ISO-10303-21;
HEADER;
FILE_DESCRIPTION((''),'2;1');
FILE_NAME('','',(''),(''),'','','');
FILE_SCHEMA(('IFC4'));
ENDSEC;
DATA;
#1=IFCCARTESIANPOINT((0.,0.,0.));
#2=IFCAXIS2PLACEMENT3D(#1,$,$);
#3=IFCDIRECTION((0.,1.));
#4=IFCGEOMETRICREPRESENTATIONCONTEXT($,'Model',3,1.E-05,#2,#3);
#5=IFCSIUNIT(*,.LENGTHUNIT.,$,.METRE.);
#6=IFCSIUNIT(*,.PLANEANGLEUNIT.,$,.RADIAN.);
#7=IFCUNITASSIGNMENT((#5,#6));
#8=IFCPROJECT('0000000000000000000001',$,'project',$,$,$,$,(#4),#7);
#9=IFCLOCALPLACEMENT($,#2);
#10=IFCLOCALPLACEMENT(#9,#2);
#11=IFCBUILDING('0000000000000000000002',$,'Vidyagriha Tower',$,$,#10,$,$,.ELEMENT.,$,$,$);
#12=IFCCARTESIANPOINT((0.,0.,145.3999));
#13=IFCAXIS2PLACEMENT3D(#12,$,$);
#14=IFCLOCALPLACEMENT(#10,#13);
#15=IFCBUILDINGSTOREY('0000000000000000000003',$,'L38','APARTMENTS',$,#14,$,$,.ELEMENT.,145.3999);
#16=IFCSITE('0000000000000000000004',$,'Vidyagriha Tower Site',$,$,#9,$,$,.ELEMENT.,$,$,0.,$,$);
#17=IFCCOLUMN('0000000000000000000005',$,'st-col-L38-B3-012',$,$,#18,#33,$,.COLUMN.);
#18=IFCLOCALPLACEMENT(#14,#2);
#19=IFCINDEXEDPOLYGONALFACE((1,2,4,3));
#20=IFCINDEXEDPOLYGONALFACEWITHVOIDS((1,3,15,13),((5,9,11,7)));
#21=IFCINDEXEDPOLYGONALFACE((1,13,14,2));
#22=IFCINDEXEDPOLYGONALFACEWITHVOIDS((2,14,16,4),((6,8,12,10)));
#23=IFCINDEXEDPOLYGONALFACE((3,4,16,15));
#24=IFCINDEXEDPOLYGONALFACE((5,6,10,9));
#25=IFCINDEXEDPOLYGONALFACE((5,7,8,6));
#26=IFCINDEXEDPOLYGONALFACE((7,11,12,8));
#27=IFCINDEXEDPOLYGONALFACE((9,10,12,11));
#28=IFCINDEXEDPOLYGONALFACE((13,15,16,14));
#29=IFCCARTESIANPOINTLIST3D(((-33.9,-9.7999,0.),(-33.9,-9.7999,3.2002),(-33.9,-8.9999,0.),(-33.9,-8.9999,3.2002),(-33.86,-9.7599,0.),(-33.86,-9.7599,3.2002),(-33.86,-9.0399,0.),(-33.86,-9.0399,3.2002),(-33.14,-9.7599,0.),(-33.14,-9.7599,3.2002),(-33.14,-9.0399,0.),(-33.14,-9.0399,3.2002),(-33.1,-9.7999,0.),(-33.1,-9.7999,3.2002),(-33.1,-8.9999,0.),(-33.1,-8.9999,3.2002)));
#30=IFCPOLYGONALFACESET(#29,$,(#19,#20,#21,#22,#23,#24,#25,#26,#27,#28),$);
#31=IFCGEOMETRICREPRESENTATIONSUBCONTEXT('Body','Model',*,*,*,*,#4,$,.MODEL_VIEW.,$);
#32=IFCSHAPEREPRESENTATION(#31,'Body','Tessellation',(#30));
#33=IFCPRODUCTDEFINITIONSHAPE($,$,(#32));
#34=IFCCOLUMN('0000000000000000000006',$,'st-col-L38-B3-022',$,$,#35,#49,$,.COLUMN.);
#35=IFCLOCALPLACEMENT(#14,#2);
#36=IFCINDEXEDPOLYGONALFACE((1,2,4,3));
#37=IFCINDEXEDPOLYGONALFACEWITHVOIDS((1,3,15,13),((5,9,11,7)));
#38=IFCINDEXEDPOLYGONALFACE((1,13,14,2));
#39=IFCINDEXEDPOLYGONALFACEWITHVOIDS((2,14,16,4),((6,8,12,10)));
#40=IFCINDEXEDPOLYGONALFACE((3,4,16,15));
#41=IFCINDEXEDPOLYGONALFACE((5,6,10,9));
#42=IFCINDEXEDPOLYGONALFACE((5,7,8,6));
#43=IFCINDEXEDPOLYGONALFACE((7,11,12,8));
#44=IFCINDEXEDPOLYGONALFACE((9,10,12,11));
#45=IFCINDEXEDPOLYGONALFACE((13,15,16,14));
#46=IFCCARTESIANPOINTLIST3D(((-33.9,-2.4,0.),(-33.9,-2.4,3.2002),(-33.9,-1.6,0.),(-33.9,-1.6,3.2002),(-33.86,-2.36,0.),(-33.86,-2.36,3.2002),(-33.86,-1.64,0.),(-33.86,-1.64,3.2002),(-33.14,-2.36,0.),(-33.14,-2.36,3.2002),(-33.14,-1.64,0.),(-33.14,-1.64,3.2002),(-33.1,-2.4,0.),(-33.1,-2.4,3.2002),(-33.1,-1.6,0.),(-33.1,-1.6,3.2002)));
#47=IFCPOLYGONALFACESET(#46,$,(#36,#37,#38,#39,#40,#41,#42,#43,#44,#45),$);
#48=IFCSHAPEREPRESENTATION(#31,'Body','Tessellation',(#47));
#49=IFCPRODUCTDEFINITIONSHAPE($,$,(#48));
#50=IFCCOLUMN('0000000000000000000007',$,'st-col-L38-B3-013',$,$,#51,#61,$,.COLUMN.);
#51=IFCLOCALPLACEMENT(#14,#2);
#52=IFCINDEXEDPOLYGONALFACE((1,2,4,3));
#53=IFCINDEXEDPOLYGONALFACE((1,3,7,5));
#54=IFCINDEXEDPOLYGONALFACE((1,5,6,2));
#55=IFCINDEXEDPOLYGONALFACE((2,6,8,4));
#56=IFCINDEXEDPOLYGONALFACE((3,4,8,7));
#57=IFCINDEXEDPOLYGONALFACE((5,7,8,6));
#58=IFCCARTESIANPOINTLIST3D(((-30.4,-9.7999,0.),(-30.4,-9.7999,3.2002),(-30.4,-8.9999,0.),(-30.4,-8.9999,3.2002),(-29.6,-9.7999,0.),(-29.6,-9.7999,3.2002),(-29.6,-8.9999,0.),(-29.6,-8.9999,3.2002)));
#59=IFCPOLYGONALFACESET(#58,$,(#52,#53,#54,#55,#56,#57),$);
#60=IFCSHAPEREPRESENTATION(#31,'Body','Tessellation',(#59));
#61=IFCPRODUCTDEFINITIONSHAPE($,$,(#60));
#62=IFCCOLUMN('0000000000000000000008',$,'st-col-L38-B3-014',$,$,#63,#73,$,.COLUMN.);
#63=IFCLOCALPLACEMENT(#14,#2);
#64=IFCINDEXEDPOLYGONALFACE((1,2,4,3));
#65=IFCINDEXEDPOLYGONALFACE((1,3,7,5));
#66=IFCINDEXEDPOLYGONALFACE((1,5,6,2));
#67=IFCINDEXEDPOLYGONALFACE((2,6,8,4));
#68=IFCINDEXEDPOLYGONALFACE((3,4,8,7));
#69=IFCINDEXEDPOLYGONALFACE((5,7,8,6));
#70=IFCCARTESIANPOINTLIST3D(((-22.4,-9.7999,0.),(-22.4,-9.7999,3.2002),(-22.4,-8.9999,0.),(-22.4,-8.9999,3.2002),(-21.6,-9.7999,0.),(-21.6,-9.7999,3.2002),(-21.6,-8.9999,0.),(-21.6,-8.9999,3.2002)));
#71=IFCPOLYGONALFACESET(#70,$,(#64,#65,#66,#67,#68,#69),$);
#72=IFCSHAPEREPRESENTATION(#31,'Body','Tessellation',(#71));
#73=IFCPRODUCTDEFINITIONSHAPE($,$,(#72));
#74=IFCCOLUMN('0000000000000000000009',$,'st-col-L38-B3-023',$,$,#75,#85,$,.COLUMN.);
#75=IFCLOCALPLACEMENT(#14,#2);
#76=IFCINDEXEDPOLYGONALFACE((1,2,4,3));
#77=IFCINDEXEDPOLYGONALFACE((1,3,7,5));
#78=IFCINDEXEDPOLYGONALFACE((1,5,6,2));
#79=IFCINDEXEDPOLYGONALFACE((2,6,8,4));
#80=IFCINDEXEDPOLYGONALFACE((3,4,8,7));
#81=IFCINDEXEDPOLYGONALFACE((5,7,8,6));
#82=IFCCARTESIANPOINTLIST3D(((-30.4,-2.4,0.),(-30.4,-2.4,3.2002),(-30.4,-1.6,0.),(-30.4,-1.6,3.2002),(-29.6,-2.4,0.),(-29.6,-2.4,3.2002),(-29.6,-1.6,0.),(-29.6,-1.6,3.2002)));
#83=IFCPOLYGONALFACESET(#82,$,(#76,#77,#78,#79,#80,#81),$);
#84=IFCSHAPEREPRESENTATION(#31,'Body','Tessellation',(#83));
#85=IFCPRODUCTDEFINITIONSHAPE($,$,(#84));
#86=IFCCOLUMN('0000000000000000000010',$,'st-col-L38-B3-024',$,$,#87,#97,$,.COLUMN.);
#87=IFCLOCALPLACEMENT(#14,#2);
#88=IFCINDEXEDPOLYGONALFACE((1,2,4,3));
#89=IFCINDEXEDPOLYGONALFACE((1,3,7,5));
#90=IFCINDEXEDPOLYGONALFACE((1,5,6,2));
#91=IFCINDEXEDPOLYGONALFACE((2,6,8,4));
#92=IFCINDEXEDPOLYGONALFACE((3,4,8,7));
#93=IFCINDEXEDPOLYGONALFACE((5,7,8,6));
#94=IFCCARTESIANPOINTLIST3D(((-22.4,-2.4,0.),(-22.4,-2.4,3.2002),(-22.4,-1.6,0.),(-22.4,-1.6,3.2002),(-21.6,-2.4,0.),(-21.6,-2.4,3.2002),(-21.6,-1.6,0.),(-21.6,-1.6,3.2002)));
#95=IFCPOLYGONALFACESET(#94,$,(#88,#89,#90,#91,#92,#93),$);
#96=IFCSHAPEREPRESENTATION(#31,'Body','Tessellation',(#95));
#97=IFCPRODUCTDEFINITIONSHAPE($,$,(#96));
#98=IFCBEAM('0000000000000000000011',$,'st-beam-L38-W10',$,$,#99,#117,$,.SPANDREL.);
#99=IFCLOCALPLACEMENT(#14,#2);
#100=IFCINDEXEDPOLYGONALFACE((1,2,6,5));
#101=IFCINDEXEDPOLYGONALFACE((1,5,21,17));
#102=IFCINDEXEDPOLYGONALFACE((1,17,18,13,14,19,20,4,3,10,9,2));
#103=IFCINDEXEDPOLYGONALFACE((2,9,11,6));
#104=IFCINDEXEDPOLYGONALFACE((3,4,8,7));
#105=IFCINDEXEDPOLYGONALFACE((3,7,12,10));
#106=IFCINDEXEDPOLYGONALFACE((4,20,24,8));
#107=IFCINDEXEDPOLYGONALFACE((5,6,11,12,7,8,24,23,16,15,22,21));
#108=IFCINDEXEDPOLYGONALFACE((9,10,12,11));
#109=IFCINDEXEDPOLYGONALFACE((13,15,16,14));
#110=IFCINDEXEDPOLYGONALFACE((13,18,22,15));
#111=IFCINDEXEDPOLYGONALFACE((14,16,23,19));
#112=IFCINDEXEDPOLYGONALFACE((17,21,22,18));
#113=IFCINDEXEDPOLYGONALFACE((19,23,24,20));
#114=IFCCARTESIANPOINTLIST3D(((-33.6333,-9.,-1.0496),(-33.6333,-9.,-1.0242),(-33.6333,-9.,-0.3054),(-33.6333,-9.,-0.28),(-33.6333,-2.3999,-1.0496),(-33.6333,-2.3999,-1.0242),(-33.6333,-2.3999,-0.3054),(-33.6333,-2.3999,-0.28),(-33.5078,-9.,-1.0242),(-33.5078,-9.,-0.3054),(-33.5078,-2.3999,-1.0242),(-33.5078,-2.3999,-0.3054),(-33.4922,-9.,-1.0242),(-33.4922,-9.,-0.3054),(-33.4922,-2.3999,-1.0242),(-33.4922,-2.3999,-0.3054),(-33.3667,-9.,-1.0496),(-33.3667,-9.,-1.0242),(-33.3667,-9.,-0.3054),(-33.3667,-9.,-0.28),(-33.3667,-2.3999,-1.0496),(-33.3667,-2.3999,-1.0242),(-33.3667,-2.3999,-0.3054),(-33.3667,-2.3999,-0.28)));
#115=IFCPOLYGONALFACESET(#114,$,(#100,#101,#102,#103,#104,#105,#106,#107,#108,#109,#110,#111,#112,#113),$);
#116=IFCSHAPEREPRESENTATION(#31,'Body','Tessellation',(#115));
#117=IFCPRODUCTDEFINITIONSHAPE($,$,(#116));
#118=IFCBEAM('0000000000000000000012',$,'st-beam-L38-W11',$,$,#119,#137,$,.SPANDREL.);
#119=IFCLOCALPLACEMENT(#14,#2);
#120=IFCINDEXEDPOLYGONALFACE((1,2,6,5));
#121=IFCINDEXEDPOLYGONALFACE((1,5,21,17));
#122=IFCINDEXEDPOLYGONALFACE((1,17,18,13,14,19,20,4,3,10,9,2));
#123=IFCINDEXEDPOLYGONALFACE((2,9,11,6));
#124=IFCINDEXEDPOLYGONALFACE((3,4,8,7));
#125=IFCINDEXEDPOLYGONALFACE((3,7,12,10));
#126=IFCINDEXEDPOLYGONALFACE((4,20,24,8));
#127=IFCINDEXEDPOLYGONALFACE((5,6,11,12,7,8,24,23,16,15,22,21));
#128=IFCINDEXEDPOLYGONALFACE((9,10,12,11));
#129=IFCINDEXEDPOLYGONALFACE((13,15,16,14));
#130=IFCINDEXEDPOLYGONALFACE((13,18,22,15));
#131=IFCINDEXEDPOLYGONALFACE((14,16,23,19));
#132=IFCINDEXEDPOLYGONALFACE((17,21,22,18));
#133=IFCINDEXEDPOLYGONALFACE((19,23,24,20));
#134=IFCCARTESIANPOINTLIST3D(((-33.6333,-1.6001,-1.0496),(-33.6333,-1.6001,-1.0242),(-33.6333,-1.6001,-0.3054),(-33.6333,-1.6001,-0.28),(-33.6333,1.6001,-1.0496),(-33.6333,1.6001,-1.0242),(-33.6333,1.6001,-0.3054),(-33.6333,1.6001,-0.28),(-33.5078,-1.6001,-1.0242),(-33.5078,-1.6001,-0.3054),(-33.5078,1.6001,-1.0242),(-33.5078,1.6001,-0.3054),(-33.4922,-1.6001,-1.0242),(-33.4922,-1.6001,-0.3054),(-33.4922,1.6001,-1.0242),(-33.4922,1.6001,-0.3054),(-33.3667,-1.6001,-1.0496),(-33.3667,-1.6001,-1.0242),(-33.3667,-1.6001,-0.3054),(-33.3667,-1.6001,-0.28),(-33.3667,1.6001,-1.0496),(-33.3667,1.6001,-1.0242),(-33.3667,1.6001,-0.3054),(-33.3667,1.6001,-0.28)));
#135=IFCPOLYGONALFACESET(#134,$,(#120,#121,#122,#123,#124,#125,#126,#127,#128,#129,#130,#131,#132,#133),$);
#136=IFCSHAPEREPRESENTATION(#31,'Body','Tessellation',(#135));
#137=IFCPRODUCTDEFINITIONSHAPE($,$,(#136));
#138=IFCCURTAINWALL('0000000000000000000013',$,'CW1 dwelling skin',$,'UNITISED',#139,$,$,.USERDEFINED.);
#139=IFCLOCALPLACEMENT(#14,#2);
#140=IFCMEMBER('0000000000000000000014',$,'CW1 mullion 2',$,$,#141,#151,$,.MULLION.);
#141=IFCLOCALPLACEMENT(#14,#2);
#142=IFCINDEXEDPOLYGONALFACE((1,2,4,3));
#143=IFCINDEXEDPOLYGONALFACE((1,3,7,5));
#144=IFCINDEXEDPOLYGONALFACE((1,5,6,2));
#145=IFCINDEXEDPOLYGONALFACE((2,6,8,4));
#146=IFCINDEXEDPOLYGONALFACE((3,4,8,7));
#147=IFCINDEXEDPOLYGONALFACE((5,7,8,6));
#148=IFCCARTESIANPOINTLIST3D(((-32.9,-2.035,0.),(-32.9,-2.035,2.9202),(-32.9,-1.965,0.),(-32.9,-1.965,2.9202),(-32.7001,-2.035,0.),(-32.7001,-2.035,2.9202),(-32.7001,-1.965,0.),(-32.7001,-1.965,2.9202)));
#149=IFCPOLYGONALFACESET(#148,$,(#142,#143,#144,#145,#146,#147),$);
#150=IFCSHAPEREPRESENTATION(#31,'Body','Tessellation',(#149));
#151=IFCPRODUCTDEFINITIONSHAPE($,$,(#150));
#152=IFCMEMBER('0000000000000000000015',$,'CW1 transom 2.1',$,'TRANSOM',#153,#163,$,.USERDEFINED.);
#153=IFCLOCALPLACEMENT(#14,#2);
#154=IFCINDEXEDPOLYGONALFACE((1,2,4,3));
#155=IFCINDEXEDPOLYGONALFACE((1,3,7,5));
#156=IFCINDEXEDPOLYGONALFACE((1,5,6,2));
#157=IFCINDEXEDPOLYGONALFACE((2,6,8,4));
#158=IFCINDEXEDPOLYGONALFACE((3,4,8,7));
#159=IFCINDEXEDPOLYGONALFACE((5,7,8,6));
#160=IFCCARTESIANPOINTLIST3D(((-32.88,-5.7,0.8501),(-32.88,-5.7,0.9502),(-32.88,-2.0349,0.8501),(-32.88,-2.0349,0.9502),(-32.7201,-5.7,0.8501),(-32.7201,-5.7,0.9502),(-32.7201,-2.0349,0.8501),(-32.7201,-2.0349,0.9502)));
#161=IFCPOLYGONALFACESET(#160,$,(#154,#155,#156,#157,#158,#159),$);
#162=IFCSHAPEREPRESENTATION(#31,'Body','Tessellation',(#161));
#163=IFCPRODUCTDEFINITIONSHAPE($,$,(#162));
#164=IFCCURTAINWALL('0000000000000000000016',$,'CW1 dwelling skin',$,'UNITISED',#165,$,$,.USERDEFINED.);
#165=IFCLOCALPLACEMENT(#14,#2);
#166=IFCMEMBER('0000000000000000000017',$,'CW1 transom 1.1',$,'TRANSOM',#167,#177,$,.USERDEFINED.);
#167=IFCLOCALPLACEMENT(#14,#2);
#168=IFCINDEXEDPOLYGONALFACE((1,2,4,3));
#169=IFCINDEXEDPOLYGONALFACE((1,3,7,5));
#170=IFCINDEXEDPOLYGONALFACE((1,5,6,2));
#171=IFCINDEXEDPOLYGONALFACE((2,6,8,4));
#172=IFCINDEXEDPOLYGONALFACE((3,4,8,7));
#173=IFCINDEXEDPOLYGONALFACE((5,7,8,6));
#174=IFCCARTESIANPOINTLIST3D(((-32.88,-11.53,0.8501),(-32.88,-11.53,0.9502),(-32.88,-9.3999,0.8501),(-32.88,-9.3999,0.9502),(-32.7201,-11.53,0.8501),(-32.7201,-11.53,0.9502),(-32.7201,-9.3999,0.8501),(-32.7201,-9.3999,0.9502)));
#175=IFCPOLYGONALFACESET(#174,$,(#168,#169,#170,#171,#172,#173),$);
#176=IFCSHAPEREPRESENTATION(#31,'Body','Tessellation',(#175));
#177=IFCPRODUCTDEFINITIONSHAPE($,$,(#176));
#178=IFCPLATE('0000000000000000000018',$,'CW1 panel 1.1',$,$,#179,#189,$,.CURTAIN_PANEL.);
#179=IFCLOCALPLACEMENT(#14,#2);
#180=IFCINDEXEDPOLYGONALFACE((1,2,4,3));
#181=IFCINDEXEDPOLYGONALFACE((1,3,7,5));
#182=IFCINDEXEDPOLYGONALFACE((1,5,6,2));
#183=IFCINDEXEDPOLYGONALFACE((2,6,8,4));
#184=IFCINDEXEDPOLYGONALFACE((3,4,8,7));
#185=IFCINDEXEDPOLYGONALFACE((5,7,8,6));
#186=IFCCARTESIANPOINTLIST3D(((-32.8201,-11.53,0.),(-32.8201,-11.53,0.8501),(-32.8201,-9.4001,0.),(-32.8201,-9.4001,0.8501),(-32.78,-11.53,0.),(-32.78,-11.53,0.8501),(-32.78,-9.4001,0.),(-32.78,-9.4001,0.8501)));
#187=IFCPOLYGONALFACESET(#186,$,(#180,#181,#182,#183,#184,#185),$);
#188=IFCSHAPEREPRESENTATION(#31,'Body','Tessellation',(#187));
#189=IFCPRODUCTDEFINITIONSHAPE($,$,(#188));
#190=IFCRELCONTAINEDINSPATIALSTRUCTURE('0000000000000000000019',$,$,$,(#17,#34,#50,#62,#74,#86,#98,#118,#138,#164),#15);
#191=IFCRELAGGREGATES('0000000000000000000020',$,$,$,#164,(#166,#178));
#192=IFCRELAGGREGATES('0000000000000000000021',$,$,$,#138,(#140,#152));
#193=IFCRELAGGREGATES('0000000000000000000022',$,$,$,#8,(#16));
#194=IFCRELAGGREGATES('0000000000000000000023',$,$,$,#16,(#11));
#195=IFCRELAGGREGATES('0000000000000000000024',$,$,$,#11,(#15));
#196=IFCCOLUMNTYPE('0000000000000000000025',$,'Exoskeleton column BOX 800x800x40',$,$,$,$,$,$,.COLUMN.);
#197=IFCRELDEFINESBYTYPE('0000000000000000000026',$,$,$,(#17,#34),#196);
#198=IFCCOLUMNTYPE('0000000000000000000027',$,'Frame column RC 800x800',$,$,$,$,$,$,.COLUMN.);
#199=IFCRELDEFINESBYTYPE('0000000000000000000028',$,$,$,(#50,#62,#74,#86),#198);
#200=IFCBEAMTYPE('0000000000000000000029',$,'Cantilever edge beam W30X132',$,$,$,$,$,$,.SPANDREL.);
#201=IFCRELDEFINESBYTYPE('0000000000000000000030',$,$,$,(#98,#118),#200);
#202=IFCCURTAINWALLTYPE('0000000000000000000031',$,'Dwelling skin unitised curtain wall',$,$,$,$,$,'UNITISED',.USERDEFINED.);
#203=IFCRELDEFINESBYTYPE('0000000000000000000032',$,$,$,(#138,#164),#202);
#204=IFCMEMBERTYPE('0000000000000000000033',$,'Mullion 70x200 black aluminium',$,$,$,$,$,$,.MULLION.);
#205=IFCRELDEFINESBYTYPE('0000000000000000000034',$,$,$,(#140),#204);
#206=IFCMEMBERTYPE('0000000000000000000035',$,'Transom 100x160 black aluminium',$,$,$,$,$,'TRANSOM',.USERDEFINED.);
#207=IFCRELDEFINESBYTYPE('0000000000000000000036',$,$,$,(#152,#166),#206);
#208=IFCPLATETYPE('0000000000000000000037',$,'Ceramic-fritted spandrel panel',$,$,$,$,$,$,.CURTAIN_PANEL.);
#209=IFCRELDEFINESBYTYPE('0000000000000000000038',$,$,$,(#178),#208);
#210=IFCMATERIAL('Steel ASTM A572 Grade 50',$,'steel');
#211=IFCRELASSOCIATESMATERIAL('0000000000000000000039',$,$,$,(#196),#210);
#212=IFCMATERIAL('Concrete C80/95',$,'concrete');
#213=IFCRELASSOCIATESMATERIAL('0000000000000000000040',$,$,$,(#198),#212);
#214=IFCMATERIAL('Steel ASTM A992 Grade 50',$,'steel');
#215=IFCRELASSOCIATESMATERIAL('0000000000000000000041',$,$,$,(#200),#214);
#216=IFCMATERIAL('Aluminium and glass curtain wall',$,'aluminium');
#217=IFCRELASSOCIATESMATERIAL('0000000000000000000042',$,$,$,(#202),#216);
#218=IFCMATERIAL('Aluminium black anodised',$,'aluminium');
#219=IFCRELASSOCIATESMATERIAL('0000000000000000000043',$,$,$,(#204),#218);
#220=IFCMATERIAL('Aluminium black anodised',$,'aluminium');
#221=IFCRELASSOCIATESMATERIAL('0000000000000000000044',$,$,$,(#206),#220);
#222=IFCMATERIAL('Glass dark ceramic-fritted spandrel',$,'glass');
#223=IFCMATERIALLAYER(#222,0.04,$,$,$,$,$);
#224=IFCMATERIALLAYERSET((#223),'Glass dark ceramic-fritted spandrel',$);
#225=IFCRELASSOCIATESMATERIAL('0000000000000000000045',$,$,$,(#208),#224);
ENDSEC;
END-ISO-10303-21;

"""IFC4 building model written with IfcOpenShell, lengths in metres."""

from ifc_helpers import new_model, si_unit, direction, frame, origin, origin_2d, place, context, subcontext, project, spatial, rectangle, hollow_rectangle, i_section, extrude, material, layer, layer_set, material_profile, profile_set, type_object, element, aggregate, save


model = new_model("IFC4")

# Units and contexts
model_context = context("Model", 3, precision=1e-05, world=origin(), true_north=direction((0.0, 1.0)))
body_context = subcontext(model_context, "Body", "Model", "MODEL_VIEW")
ifc_project = project(units=[si_unit("LENGTHUNIT", "METRE"), si_unit("PLANEANGLEUNIT", "RADIAN")], contexts=[model_context])

# Site, building, storey
site_placement = place(None, origin())
site = spatial("IfcSite", under=ifc_project, at=site_placement, Name="Vidyagriha Tower Site", CompositionType="ELEMENT", RefElevation=0.0)
building_placement = place(site_placement, origin())
building = spatial("IfcBuilding", under=site, at=building_placement, Name="Vidyagriha Tower", CompositionType="ELEMENT")
storey_placement = place(building_placement, frame((0.0, 0.0, 145.3999)))
storey = spatial("IfcBuildingStorey", under=building, at=storey_placement, Name="L38", Description="APARTMENTS", CompositionType="ELEMENT", Elevation=145.3999)

# Columns
ifc_material_1 = material(Name="Steel ASTM A572 Grade 50", Category="steel")
ifc_material_profile_1 = material_profile(ifc_material_1, hollow_rectangle(XDim=0.8, YDim=0.8, WallThickness=0.04, at=origin_2d()), Name="BOX 800x800x40")
ifc_profile_set_1 = profile_set([ifc_material_profile_1], Name="Steel ASTM A572 Grade 50")
column_type_1 = type_object("IfcColumnType", Name="Exoskeleton column BOX 800x800x40", PredefinedType="COLUMN", material=ifc_profile_set_1)
for number, where, name in (
    (1, (-33.5, -9.3999, 0.0), "st-col-L38-B3-012"),
    (2, (-33.5, -2.0, 0.0), "st-col-L38-B3-022"),
):
    element("IfcColumn", number, at=place(storey_placement, frame(where)), inside=storey, type_object=column_type_1, Name=name, PredefinedType="COLUMN", context=body_context, shape_type="SweptSolid", body=[
        extrude(hollow_rectangle(XDim=0.8, YDim=0.8, WallThickness=0.04, at=origin_2d()), origin(), (0.0, 0.0, 1.0), 3.2002),
    ])
ifc_material_2 = material(Name="Concrete C80/95", Category="concrete")
ifc_material_profile_2 = material_profile(ifc_material_2, rectangle(XDim=0.8, YDim=0.8, at=origin_2d()), Name="RC 800x800")
ifc_profile_set_2 = profile_set([ifc_material_profile_2], Name="Concrete C80/95")
column_type_2 = type_object("IfcColumnType", Name="Frame column RC 800x800", PredefinedType="COLUMN", material=ifc_profile_set_2)
for number, where, name in (
    (3, (-30.0, -9.3999, 0.0), "st-col-L38-B3-013"),
    (4, (-22.0, -9.3999, 0.0), "st-col-L38-B3-014"),
    (5, (-30.0, -2.0, 0.0), "st-col-L38-B3-023"),
    (6, (-22.0, -2.0, 0.0), "st-col-L38-B3-024"),
):
    element("IfcColumn", number, at=place(storey_placement, frame(where)), inside=storey, type_object=column_type_2, Name=name, PredefinedType="COLUMN", context=body_context, shape_type="SweptSolid", body=[
        extrude(rectangle(XDim=0.8, YDim=0.8, at=origin_2d()), origin(), (0.0, 0.0, 1.0), 3.2002),
    ])

# Beams
ifc_material_3 = material(Name="Steel ASTM A992 Grade 50", Category="steel")
ifc_material_profile_3 = material_profile(ifc_material_3, i_section(OverallWidth=0.2666, OverallDepth=0.7695, WebThickness=0.0156, FlangeThickness=0.0254, at=origin_2d()), Name="W30X132")
ifc_profile_set_3 = profile_set([ifc_material_profile_3], Name="Steel ASTM A992 Grade 50")
beam_type = type_object("IfcBeamType", Name="Cantilever edge beam W30X132", PredefinedType="SPANDREL", material=ifc_profile_set_3)
beam_1_placement = place(storey_placement, frame((-33.5, -9.0, -0.6648), z_axis=(0.0, 1.0, 0.0), x_axis=(-1.0, 0.0, 0.0)))
element("IfcBeam", 7, at=beam_1_placement, inside=storey, type_object=beam_type, Name="st-beam-L38-W10", PredefinedType="SPANDREL", context=body_context, shape_type="SweptSolid", body=[
    extrude(i_section(OverallWidth=0.2666, OverallDepth=0.7695, WebThickness=0.0156, FlangeThickness=0.0254, at=origin_2d()), origin(), (0.0, 0.0, 1.0), 6.6001),
])
beam_2_placement = place(storey_placement, frame((-33.5, -1.6001, -0.6648), z_axis=(0.0, 1.0, 0.0), x_axis=(-1.0, 0.0, 0.0)))
element("IfcBeam", 8, at=beam_2_placement, inside=storey, type_object=beam_type, Name="st-beam-L38-W11", PredefinedType="SPANDREL", context=body_context, shape_type="SweptSolid", body=[
    extrude(i_section(OverallWidth=0.2666, OverallDepth=0.7695, WebThickness=0.0156, FlangeThickness=0.0254, at=origin_2d()), origin(), (0.0, 0.0, 1.0), 3.2002),
])

# Curtain wall, members
ifc_material_4 = material(Name="Aluminium and glass curtain wall", Category="aluminium")
curtain_wall_type = type_object("IfcCurtainWallType", Name="Dwelling skin unitised curtain wall", ElementType="UNITISED", PredefinedType="USERDEFINED", material=ifc_material_4)
curtain_wall_1_placement = place(storey_placement, origin())
curtain_wall_1 = element("IfcCurtainWall", 9, at=curtain_wall_1_placement, inside=storey, type_object=curtain_wall_type, Name="CW1 dwelling skin", ObjectType="UNITISED", PredefinedType="USERDEFINED")
ifc_material_5 = material(Name="Aluminium black anodised", Category="aluminium")
ifc_material_profile_4 = material_profile(ifc_material_5, rectangle(XDim=0.2, YDim=0.0701, at=origin_2d()), Name="Mullion 70x200 black aluminium")
ifc_profile_set_4 = profile_set([ifc_material_profile_4], Name="Aluminium black anodised")
member_type_1 = type_object("IfcMemberType", Name="Mullion 70x200 black aluminium", PredefinedType="MULLION", material=ifc_profile_set_4)
member_1_placement = place(storey_placement, frame((-32.8, -2.0, 0.0)))
member_1 = element("IfcMember", 10, at=member_1_placement, type_object=member_type_1, Name="CW1 mullion 2", PredefinedType="MULLION", context=body_context, shape_type="SweptSolid", body=[
    extrude(rectangle(XDim=0.2, YDim=0.0701, at=origin_2d()), origin(), (0.0, 0.0, 1.0), 2.9202),
])
ifc_material_6 = material(Name="Aluminium black anodised", Category="aluminium")
ifc_material_profile_5 = material_profile(ifc_material_6, rectangle(XDim=0.1599, YDim=0.1001, at=origin_2d()), Name="Transom 100x160 black aluminium")
ifc_profile_set_5 = profile_set([ifc_material_profile_5], Name="Aluminium black anodised")
member_type_2 = type_object("IfcMemberType", Name="Transom 100x160 black aluminium", ElementType="TRANSOM", PredefinedType="USERDEFINED", material=ifc_profile_set_5)
member_2_placement = place(storey_placement, frame((-32.8, -2.0349, 0.9001), z_axis=(0.0, -1.0, 0.0), x_axis=(1.0, 0.0, 0.0)))
member_2 = element("IfcMember", 11, at=member_2_placement, type_object=member_type_2, Name="CW1 transom 2.1", ObjectType="TRANSOM", PredefinedType="USERDEFINED", context=body_context, shape_type="SweptSolid", body=[
    extrude(rectangle(XDim=0.1599, YDim=0.1001, at=origin_2d()), origin(), (0.0, 0.0, 1.0), 3.665),
])

# Curtain wall, member, plate
curtain_wall_2_placement = place(storey_placement, origin())
curtain_wall_2 = element("IfcCurtainWall", 12, at=curtain_wall_2_placement, inside=storey, type_object=curtain_wall_type, Name="CW1 dwelling skin", ObjectType="UNITISED", PredefinedType="USERDEFINED")
member_3_placement = place(storey_placement, frame((-32.8, -9.3999, 0.9001), z_axis=(0.0, -1.0, 0.0), x_axis=(1.0, 0.0, 0.0)))
member_3 = element("IfcMember", 13, at=member_3_placement, type_object=member_type_2, Name="CW1 transom 1.1", ObjectType="TRANSOM", PredefinedType="USERDEFINED", context=body_context, shape_type="SweptSolid", body=[
    extrude(rectangle(XDim=0.1599, YDim=0.1001, at=origin_2d()), origin(), (0.0, 0.0, 1.0), 2.1301),
])
ifc_material_7 = material(Name="Glass dark ceramic-fritted spandrel", Category="glass")
ifc_layer_1 = layer(ifc_material_7, 0.04)
ifc_layer_set_1 = layer_set([ifc_layer_1], Name="Glass dark ceramic-fritted spandrel")
plate_type_1 = type_object("IfcPlateType", Name="Ceramic-fritted spandrel panel", PredefinedType="CURTAIN_PANEL", material=ifc_layer_set_1)
plate_1_placement = place(storey_placement, frame((-32.8, -10.4651, 0.0), z_axis=(0.0, 0.0, 1.0), x_axis=(0.0, -1.0, 0.0)))
plate_1 = element("IfcPlate", 14, at=plate_1_placement, type_object=plate_type_1, Name="CW1 panel 1.1", PredefinedType="CURTAIN_PANEL", context=body_context, shape_type="SweptSolid", body=[
    extrude(rectangle(XDim=2.1299, YDim=0.04, at=origin_2d()), origin(), (0.0, 0.0, 1.0), 0.8501),
])

aggregate(curtain_wall_2, [member_3, plate_1])
aggregate(curtain_wall_1, [member_1, member_2])

save(model, "model.ifc")
